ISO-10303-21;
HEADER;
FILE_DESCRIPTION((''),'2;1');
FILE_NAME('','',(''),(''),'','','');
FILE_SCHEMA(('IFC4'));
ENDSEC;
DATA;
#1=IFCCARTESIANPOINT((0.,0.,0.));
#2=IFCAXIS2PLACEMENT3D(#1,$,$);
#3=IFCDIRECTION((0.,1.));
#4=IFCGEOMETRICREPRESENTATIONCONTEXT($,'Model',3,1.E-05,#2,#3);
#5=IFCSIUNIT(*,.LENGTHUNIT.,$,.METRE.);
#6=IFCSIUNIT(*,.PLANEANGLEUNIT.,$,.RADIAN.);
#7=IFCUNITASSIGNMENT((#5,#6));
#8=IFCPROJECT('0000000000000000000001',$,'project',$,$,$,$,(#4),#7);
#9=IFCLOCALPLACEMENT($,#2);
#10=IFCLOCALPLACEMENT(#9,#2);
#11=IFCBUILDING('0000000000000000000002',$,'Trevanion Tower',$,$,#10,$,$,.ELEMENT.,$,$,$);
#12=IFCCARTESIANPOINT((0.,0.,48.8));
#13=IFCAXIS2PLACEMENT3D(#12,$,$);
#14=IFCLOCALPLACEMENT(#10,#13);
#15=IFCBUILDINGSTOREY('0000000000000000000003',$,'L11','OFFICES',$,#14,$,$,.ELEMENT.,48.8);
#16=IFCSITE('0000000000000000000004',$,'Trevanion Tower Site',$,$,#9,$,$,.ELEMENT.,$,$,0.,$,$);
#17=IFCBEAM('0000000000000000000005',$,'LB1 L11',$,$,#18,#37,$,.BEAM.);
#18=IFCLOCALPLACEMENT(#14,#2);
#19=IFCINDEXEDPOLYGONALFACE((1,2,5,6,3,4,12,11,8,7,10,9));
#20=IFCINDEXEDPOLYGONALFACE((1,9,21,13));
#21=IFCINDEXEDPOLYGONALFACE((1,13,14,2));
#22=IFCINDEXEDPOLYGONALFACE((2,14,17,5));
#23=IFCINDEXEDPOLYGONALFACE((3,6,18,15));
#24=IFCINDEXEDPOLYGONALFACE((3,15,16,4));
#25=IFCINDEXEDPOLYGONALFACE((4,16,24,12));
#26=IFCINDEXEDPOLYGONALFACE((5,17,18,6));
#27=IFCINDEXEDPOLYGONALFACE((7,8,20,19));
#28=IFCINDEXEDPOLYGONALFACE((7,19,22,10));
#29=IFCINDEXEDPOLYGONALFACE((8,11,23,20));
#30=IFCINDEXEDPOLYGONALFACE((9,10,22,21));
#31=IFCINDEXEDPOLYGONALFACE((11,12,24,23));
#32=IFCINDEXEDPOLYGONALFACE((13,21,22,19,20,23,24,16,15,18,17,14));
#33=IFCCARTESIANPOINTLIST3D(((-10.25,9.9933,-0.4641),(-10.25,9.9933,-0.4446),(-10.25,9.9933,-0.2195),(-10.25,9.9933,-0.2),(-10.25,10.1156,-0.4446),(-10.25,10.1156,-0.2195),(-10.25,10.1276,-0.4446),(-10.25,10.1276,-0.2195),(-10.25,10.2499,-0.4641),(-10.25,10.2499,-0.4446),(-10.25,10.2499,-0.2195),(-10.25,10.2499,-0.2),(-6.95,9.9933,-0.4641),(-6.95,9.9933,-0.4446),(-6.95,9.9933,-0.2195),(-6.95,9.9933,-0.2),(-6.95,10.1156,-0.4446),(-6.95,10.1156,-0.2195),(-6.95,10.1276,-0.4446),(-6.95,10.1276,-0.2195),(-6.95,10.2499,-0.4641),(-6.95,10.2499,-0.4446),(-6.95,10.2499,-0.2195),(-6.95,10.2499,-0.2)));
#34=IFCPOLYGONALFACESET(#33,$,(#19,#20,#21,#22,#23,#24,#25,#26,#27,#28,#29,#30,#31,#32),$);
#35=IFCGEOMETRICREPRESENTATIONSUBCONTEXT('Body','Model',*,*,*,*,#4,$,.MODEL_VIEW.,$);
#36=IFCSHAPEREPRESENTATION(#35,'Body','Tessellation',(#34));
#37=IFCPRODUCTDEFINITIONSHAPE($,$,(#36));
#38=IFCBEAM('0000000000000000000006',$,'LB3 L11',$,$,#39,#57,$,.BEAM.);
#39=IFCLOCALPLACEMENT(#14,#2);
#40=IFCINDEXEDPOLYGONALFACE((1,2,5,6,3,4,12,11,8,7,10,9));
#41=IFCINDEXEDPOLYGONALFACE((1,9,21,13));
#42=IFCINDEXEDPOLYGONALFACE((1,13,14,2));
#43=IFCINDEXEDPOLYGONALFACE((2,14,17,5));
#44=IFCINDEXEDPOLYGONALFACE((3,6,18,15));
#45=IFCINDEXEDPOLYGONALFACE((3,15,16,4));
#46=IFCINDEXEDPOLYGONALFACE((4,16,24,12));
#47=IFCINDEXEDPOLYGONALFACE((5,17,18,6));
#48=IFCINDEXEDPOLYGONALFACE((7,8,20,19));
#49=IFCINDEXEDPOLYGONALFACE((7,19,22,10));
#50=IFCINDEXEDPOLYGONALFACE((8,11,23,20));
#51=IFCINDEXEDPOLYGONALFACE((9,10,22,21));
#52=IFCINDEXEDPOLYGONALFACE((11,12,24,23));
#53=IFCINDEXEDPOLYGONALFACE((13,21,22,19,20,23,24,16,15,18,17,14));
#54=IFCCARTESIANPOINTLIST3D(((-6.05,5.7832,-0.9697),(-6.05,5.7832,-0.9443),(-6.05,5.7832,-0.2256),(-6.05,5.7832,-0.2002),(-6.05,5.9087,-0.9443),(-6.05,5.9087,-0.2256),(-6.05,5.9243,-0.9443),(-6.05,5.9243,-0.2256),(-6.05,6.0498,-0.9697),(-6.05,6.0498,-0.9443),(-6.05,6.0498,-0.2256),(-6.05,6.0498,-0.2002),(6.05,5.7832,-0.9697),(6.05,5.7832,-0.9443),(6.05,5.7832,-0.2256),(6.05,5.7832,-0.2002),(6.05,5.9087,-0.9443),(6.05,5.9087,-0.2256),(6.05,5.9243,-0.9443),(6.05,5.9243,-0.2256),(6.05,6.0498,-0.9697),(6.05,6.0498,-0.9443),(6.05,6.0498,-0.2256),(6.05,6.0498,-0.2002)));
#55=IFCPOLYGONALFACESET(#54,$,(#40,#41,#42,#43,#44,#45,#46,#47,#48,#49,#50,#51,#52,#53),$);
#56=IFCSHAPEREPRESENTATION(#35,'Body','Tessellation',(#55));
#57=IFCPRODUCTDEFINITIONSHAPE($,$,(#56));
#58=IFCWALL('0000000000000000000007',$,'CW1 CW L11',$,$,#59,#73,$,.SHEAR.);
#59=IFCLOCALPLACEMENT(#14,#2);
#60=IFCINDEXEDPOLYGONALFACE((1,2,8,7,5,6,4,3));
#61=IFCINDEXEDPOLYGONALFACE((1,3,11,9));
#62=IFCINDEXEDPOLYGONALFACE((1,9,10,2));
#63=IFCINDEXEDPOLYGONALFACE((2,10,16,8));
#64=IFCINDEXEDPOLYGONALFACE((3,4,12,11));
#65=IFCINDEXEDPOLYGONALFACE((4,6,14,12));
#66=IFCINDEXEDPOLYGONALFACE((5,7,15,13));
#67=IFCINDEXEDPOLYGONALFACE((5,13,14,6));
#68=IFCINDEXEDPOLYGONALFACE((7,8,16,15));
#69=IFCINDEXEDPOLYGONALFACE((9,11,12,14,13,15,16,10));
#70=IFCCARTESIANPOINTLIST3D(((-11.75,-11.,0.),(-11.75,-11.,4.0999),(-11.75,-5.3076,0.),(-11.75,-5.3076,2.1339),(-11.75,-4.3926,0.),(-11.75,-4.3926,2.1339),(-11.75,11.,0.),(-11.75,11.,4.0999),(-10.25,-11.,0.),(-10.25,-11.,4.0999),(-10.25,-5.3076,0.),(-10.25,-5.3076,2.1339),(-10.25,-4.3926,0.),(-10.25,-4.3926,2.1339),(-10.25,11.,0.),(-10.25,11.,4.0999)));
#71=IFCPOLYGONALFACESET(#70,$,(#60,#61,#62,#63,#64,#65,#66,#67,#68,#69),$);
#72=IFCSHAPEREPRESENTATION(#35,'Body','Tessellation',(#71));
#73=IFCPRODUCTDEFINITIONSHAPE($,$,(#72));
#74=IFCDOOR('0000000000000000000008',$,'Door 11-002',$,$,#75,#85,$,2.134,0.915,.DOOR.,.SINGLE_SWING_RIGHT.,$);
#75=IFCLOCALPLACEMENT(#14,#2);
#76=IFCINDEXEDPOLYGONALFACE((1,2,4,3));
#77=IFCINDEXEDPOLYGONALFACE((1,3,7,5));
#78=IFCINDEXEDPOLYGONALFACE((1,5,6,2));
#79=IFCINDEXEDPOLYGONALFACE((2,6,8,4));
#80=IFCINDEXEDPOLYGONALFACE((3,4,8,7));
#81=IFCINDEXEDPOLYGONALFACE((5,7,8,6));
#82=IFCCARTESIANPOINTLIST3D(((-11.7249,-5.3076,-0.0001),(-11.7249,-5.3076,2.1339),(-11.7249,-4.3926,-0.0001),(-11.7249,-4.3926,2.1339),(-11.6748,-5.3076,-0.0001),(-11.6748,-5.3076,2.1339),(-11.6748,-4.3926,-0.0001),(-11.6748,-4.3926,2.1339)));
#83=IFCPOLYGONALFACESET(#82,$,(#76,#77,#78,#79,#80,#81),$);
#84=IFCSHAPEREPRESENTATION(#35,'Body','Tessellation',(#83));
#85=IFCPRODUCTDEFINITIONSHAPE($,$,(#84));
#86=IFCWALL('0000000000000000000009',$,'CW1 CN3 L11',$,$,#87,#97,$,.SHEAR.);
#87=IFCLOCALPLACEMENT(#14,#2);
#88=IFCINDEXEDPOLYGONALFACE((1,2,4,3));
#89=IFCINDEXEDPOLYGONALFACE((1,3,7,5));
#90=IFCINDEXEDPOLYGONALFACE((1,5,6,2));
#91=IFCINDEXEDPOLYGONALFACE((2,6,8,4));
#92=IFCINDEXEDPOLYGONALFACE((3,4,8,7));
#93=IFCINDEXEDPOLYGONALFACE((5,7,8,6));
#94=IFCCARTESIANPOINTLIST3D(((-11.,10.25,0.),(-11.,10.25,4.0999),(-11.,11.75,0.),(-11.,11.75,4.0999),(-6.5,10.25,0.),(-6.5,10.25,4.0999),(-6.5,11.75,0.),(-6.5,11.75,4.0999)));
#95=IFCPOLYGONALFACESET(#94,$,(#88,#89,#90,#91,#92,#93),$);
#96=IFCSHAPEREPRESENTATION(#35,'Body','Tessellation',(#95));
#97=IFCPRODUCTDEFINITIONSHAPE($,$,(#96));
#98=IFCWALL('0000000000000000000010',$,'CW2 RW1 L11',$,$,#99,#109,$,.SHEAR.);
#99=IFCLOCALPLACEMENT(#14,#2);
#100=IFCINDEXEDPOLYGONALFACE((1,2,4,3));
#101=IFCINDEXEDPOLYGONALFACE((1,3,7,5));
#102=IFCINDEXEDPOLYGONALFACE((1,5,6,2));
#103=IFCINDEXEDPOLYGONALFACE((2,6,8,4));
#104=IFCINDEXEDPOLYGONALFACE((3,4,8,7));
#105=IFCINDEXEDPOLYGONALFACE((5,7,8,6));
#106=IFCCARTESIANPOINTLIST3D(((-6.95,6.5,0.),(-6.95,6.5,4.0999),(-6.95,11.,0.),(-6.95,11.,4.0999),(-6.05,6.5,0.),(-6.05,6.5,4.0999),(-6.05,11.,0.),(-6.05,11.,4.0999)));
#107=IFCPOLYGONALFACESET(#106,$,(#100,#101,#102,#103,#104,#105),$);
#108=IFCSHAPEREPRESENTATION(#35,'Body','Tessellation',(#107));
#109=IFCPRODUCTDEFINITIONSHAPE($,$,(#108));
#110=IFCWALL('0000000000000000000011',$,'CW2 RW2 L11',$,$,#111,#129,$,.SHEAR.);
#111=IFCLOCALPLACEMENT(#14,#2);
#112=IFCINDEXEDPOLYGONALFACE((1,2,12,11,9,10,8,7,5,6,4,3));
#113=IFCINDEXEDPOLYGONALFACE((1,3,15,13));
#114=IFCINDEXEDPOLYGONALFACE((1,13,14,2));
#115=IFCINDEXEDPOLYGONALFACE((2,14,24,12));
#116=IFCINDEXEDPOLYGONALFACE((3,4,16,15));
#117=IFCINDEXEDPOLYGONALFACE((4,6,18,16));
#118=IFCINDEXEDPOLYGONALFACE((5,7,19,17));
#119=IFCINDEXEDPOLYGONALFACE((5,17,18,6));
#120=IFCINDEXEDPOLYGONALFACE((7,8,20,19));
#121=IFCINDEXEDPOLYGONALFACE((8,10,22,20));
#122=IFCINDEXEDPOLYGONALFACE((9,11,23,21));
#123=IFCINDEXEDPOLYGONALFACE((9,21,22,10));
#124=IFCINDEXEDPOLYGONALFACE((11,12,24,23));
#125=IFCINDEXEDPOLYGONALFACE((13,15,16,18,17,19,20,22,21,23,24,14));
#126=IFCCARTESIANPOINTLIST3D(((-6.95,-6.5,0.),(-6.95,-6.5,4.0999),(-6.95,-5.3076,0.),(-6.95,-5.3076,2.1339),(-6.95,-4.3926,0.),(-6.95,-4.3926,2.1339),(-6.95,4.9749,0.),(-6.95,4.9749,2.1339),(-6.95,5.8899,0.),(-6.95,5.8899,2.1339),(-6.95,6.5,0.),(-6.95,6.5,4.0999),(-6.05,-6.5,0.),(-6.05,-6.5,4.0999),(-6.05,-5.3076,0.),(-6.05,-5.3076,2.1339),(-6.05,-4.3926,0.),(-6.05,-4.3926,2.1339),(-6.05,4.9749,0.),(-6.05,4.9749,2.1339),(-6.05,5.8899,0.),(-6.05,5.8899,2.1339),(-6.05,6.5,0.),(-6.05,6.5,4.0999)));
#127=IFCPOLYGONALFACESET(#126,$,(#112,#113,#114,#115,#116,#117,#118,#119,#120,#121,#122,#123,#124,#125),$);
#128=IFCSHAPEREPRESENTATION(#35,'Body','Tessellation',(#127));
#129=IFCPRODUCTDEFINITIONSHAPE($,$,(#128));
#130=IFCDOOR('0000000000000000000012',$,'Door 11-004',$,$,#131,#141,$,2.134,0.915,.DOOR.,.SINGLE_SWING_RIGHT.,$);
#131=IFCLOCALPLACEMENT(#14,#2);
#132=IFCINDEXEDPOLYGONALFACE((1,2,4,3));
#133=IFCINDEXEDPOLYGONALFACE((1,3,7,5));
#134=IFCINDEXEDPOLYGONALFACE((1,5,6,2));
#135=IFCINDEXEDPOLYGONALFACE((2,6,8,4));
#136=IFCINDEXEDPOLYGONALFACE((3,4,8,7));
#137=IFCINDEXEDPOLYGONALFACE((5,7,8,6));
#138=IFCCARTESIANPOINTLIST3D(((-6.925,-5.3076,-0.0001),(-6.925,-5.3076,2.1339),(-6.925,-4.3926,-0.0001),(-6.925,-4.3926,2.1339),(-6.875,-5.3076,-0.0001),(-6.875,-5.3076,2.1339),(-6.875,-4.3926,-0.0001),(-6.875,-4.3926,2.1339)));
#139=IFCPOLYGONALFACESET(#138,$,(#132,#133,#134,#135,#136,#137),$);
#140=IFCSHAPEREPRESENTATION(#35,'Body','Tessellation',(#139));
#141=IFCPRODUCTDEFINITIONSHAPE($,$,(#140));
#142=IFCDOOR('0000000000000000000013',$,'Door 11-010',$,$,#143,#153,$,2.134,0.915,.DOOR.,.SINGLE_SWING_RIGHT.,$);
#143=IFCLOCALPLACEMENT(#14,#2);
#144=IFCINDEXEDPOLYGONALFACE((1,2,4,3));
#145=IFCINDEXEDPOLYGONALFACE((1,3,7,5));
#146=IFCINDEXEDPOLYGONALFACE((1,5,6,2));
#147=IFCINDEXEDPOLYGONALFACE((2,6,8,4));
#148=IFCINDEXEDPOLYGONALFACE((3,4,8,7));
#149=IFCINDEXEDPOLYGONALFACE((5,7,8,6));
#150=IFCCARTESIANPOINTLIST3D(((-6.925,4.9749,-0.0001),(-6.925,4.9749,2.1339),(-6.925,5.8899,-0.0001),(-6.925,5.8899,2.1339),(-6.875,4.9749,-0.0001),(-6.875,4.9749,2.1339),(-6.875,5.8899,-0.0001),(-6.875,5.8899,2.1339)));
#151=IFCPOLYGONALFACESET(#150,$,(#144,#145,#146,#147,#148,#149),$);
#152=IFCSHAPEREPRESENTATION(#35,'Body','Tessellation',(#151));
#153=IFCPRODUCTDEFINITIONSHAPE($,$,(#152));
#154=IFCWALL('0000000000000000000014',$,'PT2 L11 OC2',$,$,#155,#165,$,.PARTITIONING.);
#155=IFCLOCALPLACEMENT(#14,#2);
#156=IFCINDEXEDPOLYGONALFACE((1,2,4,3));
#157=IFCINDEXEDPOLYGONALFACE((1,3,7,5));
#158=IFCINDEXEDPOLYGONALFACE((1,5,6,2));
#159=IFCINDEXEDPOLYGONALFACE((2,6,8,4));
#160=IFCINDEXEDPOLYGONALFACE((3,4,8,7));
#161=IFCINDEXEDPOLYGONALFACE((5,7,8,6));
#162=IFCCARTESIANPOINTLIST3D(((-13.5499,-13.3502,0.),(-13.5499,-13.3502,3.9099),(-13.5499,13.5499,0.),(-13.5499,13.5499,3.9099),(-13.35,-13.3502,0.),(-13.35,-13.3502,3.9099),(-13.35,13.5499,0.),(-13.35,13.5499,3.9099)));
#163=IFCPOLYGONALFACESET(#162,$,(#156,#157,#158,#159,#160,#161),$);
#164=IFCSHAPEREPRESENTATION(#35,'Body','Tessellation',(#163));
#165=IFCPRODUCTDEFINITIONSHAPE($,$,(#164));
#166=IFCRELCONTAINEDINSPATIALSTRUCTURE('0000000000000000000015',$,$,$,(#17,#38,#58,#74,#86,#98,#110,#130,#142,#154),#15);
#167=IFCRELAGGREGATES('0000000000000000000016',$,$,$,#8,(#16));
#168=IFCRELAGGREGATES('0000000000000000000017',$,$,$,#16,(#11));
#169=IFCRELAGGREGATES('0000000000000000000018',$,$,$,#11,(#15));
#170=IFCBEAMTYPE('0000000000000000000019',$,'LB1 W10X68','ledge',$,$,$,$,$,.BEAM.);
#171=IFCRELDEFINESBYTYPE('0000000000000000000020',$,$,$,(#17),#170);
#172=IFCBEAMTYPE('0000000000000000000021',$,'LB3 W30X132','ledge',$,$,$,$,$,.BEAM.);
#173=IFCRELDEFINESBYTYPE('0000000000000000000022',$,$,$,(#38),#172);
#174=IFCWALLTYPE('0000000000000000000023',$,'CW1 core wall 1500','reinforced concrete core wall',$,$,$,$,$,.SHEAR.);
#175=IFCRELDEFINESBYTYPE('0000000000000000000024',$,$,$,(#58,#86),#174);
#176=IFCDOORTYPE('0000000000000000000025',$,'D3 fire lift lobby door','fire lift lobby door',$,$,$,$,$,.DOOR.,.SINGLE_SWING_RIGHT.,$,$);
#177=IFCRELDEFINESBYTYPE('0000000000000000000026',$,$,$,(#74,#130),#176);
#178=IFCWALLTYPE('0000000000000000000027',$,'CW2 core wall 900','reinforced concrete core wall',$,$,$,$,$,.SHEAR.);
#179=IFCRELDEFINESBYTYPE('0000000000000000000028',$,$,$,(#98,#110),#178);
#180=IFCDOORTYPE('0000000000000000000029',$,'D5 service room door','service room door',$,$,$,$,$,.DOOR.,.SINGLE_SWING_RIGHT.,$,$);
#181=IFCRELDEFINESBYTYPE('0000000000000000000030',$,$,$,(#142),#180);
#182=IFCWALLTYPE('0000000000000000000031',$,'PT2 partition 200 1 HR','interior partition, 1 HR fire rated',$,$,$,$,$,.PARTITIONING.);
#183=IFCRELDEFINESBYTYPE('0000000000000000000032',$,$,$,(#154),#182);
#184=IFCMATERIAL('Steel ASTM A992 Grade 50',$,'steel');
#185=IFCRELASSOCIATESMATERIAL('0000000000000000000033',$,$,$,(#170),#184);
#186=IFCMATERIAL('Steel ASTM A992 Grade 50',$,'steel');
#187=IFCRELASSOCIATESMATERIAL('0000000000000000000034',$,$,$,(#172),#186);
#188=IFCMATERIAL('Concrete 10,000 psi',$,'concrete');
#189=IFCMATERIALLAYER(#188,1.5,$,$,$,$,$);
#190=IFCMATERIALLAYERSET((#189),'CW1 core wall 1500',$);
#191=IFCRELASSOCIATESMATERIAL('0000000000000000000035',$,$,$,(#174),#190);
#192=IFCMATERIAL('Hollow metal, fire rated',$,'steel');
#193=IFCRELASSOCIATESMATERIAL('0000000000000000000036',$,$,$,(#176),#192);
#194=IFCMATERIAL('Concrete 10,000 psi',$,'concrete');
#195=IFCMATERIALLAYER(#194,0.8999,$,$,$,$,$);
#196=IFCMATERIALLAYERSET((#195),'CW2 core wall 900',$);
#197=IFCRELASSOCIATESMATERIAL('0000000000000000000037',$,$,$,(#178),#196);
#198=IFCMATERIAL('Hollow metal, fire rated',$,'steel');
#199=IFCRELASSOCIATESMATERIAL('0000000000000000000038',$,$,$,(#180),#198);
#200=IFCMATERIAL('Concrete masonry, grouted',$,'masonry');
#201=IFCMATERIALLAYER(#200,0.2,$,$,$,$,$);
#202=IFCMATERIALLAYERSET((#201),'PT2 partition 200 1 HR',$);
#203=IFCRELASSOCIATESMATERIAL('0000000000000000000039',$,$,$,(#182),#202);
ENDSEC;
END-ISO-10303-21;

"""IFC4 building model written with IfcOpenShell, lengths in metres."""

from ifc_helpers import new_model, si_unit, direction, frame, frame_2d, origin, origin_2d, place, context, subcontext, project, spatial, rectangle, i_section, extrude, material, layer, layer_set, material_profile, profile_set, type_object, element, fill, save


model = new_model("IFC4")

# Units and contexts
model_context = context("Model", 3, precision=1e-05, world=origin(), true_north=direction((0.0, 1.0)))
body_context = subcontext(model_context, "Body", "Model", "MODEL_VIEW")
ifc_project = project(units=[si_unit("LENGTHUNIT", "METRE"), si_unit("PLANEANGLEUNIT", "RADIAN")], contexts=[model_context])

# Site, building, storey
site_placement = place(None, origin())
site = spatial("IfcSite", under=ifc_project, at=site_placement, Name="Trevanion Tower Site", CompositionType="ELEMENT", RefElevation=0.0)
building_placement = place(site_placement, origin())
building = spatial("IfcBuilding", under=site, at=building_placement, Name="Trevanion Tower", CompositionType="ELEMENT")
storey_placement = place(building_placement, frame((0.0, 0.0, 48.8)))
storey = spatial("IfcBuildingStorey", under=building, at=storey_placement, Name="L11", Description="OFFICES", CompositionType="ELEMENT", Elevation=48.8)

# Beams
ifc_material_1 = material(Name="Steel ASTM A992 Grade 50", Category="steel")
ifc_material_profile_1 = material_profile(ifc_material_1, i_section(OverallWidth=0.2566, OverallDepth=0.2642, WebThickness=0.012, FlangeThickness=0.0195, at=origin_2d()), Name="W10X68")
ifc_profile_set_1 = profile_set([ifc_material_profile_1], Name="Steel ASTM A992 Grade 50")
beam_type_1 = type_object("IfcBeamType", Name="LB1 W10X68", Description="ledge", PredefinedType="BEAM", material=ifc_profile_set_1)
beam_1_placement = place(storey_placement, frame((-10.25, 10.1216, -0.332), z_axis=(1.0, 0.0, 0.0), x_axis=(0.0, 1.0, 0.0)))
element("IfcBeam", 1, at=beam_1_placement, inside=storey, type_object=beam_type_1, Name="LB1 L11", PredefinedType="BEAM", context=body_context, shape_type="SweptSolid", body=[
    extrude(i_section(OverallWidth=0.2566, OverallDepth=0.2642, WebThickness=0.012, FlangeThickness=0.0195, at=origin_2d()), origin(), (0.0, 0.0, 1.0), 3.3),
])
ifc_material_2 = material(Name="Steel ASTM A992 Grade 50", Category="steel")
ifc_material_profile_2 = material_profile(ifc_material_2, i_section(OverallWidth=0.2666, OverallDepth=0.7695, WebThickness=0.0156, FlangeThickness=0.0254, at=origin_2d()), Name="W30X132")
ifc_profile_set_2 = profile_set([ifc_material_profile_2], Name="Steel ASTM A992 Grade 50")
beam_type_2 = type_object("IfcBeamType", Name="LB3 W30X132", Description="ledge", PredefinedType="BEAM", material=ifc_profile_set_2)
beam_2_placement = place(storey_placement, frame((-6.05, 5.9165, -0.585), z_axis=(1.0, 0.0, 0.0), x_axis=(0.0, 1.0, 0.0)))
element("IfcBeam", 2, at=beam_2_placement, inside=storey, type_object=beam_type_2, Name="LB3 L11", PredefinedType="BEAM", context=body_context, shape_type="SweptSolid", body=[
    extrude(i_section(OverallWidth=0.2666, OverallDepth=0.7695, WebThickness=0.0156, FlangeThickness=0.0254, at=origin_2d()), origin(), (0.0, 0.0, 1.0), 12.1001),
])

# Wall, opening, door
ifc_material_3 = material(Name="Concrete 10,000 psi", Category="concrete")
ifc_layer_1 = layer(ifc_material_3, 1.5)
ifc_layer_set_1 = layer_set([ifc_layer_1], Name="CW1 core wall 1500")
wall_type_1 = type_object("IfcWallType", Name="CW1 core wall 1500", Description="reinforced concrete core wall", PredefinedType="SHEAR", material=ifc_layer_set_1)
wall_1_placement = place(storey_placement, frame((-11.0, 11.0, 0.0), z_axis=(0.0, 0.0, 1.0), x_axis=(0.0, -1.0, 0.0)))
wall_1 = element("IfcWall", 3, at=wall_1_placement, inside=storey, type_object=wall_type_1, Name="CW1 CW L11", PredefinedType="SHEAR", context=body_context, shape_type="SweptSolid", body=[
    extrude(rectangle(XDim=22.0, YDim=1.5, at=frame_2d((11.0, 0.0))), origin(), (0.0, 0.0, 1.0), 4.0999),
])
opening_1_placement = place(wall_1_placement, frame((15.3926, 0.0, 0.0)))
opening_1 = element("IfcOpeningElement", 4, at=opening_1_placement, cuts=wall_1, PredefinedType="OPENING", context=body_context, shape_type="SweptSolid", body=[
    extrude(rectangle(XDim=0.915, YDim=2.134, at=frame_2d((0.4575, 1.0669))), frame((0.0, 0.76, 0.0), z_axis=(0.0, -1.0, 0.0), x_axis=(1.0, 0.0, 0.0)), (0.0, 0.0, 1.0), 1.52),
])
ifc_material_4 = material(Name="Hollow metal, fire rated", Category="steel")
door_type_1 = type_object("IfcDoorType", Name="D3 fire lift lobby door", Description="fire lift lobby door", OperationType="SINGLE_SWING_RIGHT", PredefinedType="DOOR", material=ifc_material_4)
door_1_placement = place(opening_1_placement, origin())
door_1 = element("IfcDoor", 5, at=door_1_placement, inside=storey, type_object=door_type_1, Name="Door 11-002", OperationType="SINGLE_SWING_RIGHT", OverallHeight=2.134, OverallWidth=0.915, PredefinedType="DOOR", context=body_context, shape_type="SweptSolid", body=[
    extrude(rectangle(XDim=0.915, YDim=2.134, at=frame_2d((0.4575, 1.0669))), frame((0.0, -0.6748, 0.0), z_axis=(0.0, -1.0, 0.0), x_axis=(1.0, 0.0, 0.0)), (0.0, 0.0, 1.0), 0.05),
])
fill(opening_1, door_1)

# Walls
wall_2_placement = place(storey_placement, frame((-6.5, 11.0, 0.0), z_axis=(0.0, 0.0, 1.0), x_axis=(-1.0, 0.0, 0.0)))
element("IfcWall", 6, at=wall_2_placement, inside=storey, type_object=wall_type_1, Name="CW1 CN3 L11", PredefinedType="SHEAR", context=body_context, shape_type="SweptSolid", body=[
    extrude(rectangle(XDim=4.5, YDim=1.5, at=frame_2d((2.25, 0.0))), origin(), (0.0, 0.0, 1.0), 4.0999),
])
ifc_material_5 = material(Name="Concrete 10,000 psi", Category="concrete")
ifc_layer_2 = layer(ifc_material_5, 0.8999)
ifc_layer_set_2 = layer_set([ifc_layer_2], Name="CW2 core wall 900")
wall_type_2 = type_object("IfcWallType", Name="CW2 core wall 900", Description="reinforced concrete core wall", PredefinedType="SHEAR", material=ifc_layer_set_2)
wall_3_placement = place(storey_placement, frame((-6.5, 11.0, 0.0), z_axis=(0.0, 0.0, 1.0), x_axis=(0.0, -1.0, 0.0)))
element("IfcWall", 7, at=wall_3_placement, inside=storey, type_object=wall_type_2, Name="CW2 RW1 L11", PredefinedType="SHEAR", context=body_context, shape_type="SweptSolid", body=[
    extrude(rectangle(XDim=4.5, YDim=0.8999, at=frame_2d((2.25, 0.0))), origin(), (0.0, 0.0, 1.0), 4.0999),
])

# Wall, openings, doors
wall_4_placement = place(storey_placement, frame((-6.5, 6.5, 0.0), z_axis=(0.0, 0.0, 1.0), x_axis=(0.0, -1.0, 0.0)))
wall_4 = element("IfcWall", 8, at=wall_4_placement, inside=storey, type_object=wall_type_2, Name="CW2 RW2 L11", PredefinedType="SHEAR", context=body_context, shape_type="SweptSolid", body=[
    extrude(rectangle(XDim=13.0, YDim=0.8999, at=frame_2d((6.5, 0.0))), origin(), (0.0, 0.0, 1.0), 4.0999),
])
opening_2_placement = place(wall_4_placement, frame((10.8926, 0.0, 0.0)))
opening_2 = element("IfcOpeningElement", 9, at=opening_2_placement, cuts=wall_4, PredefinedType="OPENING", context=body_context, shape_type="SweptSolid", body=[
    extrude(rectangle(XDim=0.915, YDim=2.134, at=frame_2d((0.4575, 1.0669))), frame((0.0, 0.46, 0.0), z_axis=(0.0, -1.0, 0.0), x_axis=(1.0, 0.0, 0.0)), (0.0, 0.0, 1.0), 0.9199),
])
opening_3_placement = place(wall_4_placement, frame((0.6101, 0.0, 0.0)))
opening_3 = element("IfcOpeningElement", 10, at=opening_3_placement, cuts=wall_4, PredefinedType="OPENING", context=body_context, shape_type="SweptSolid", body=[
    extrude(rectangle(XDim=0.915, YDim=2.134, at=frame_2d((0.4575, 1.0669))), frame((0.0, 0.46, 0.0), z_axis=(0.0, -1.0, 0.0), x_axis=(1.0, 0.0, 0.0)), (0.0, 0.0, 1.0), 0.9199),
])
door_2_placement = place(opening_2_placement, origin())
door_2 = element("IfcDoor", 11, at=door_2_placement, inside=storey, type_object=door_type_1, Name="Door 11-004", OperationType="SINGLE_SWING_RIGHT", OverallHeight=2.134, OverallWidth=0.915, PredefinedType="DOOR", context=body_context, shape_type="SweptSolid", body=[
    extrude(rectangle(XDim=0.915, YDim=2.134, at=frame_2d((0.4575, 1.0669))), frame((0.0, -0.375, 0.0), z_axis=(0.0, -1.0, 0.0), x_axis=(1.0, 0.0, 0.0)), (0.0, 0.0, 1.0), 0.05),
])
fill(opening_2, door_2)
ifc_material_6 = material(Name="Hollow metal, fire rated", Category="steel")
door_type_2 = type_object("IfcDoorType", Name="D5 service room door", Description="service room door", OperationType="SINGLE_SWING_RIGHT", PredefinedType="DOOR", material=ifc_material_6)
door_3_placement = place(opening_3_placement, origin())
door_3 = element("IfcDoor", 12, at=door_3_placement, inside=storey, type_object=door_type_2, Name="Door 11-010", OperationType="SINGLE_SWING_RIGHT", OverallHeight=2.134, OverallWidth=0.915, PredefinedType="DOOR", context=body_context, shape_type="SweptSolid", body=[
    extrude(rectangle(XDim=0.915, YDim=2.134, at=frame_2d((0.4575, 1.0669))), frame((0.0, -0.375, 0.0), z_axis=(0.0, -1.0, 0.0), x_axis=(1.0, 0.0, 0.0)), (0.0, 0.0, 1.0), 0.05),
])
fill(opening_3, door_3)

# Wall
ifc_material_7 = material(Name="Concrete masonry, grouted", Category="masonry")
ifc_layer_3 = layer(ifc_material_7, 0.2)
ifc_layer_set_3 = layer_set([ifc_layer_3], Name="PT2 partition 200 1 HR")
wall_type_3 = type_object("IfcWallType", Name="PT2 partition 200 1 HR", Description="interior partition, 1 HR fire rated", PredefinedType="PARTITIONING", material=ifc_layer_set_3)
wall_5_placement = place(storey_placement, frame((-13.45, 13.55, 0.0), z_axis=(0.0, 0.0, 1.0), x_axis=(0.0, -1.0, 0.0)))
element("IfcWall", 13, at=wall_5_placement, inside=storey, type_object=wall_type_3, Name="PT2 L11 OC2", PredefinedType="PARTITIONING", context=body_context, shape_type="SweptSolid", body=[
    extrude(rectangle(XDim=26.9001, YDim=0.2, at=frame_2d((13.4502, 0.0))), origin(), (0.0, 0.0, 1.0), 3.9099),
])

save(model, "model.ifc")
